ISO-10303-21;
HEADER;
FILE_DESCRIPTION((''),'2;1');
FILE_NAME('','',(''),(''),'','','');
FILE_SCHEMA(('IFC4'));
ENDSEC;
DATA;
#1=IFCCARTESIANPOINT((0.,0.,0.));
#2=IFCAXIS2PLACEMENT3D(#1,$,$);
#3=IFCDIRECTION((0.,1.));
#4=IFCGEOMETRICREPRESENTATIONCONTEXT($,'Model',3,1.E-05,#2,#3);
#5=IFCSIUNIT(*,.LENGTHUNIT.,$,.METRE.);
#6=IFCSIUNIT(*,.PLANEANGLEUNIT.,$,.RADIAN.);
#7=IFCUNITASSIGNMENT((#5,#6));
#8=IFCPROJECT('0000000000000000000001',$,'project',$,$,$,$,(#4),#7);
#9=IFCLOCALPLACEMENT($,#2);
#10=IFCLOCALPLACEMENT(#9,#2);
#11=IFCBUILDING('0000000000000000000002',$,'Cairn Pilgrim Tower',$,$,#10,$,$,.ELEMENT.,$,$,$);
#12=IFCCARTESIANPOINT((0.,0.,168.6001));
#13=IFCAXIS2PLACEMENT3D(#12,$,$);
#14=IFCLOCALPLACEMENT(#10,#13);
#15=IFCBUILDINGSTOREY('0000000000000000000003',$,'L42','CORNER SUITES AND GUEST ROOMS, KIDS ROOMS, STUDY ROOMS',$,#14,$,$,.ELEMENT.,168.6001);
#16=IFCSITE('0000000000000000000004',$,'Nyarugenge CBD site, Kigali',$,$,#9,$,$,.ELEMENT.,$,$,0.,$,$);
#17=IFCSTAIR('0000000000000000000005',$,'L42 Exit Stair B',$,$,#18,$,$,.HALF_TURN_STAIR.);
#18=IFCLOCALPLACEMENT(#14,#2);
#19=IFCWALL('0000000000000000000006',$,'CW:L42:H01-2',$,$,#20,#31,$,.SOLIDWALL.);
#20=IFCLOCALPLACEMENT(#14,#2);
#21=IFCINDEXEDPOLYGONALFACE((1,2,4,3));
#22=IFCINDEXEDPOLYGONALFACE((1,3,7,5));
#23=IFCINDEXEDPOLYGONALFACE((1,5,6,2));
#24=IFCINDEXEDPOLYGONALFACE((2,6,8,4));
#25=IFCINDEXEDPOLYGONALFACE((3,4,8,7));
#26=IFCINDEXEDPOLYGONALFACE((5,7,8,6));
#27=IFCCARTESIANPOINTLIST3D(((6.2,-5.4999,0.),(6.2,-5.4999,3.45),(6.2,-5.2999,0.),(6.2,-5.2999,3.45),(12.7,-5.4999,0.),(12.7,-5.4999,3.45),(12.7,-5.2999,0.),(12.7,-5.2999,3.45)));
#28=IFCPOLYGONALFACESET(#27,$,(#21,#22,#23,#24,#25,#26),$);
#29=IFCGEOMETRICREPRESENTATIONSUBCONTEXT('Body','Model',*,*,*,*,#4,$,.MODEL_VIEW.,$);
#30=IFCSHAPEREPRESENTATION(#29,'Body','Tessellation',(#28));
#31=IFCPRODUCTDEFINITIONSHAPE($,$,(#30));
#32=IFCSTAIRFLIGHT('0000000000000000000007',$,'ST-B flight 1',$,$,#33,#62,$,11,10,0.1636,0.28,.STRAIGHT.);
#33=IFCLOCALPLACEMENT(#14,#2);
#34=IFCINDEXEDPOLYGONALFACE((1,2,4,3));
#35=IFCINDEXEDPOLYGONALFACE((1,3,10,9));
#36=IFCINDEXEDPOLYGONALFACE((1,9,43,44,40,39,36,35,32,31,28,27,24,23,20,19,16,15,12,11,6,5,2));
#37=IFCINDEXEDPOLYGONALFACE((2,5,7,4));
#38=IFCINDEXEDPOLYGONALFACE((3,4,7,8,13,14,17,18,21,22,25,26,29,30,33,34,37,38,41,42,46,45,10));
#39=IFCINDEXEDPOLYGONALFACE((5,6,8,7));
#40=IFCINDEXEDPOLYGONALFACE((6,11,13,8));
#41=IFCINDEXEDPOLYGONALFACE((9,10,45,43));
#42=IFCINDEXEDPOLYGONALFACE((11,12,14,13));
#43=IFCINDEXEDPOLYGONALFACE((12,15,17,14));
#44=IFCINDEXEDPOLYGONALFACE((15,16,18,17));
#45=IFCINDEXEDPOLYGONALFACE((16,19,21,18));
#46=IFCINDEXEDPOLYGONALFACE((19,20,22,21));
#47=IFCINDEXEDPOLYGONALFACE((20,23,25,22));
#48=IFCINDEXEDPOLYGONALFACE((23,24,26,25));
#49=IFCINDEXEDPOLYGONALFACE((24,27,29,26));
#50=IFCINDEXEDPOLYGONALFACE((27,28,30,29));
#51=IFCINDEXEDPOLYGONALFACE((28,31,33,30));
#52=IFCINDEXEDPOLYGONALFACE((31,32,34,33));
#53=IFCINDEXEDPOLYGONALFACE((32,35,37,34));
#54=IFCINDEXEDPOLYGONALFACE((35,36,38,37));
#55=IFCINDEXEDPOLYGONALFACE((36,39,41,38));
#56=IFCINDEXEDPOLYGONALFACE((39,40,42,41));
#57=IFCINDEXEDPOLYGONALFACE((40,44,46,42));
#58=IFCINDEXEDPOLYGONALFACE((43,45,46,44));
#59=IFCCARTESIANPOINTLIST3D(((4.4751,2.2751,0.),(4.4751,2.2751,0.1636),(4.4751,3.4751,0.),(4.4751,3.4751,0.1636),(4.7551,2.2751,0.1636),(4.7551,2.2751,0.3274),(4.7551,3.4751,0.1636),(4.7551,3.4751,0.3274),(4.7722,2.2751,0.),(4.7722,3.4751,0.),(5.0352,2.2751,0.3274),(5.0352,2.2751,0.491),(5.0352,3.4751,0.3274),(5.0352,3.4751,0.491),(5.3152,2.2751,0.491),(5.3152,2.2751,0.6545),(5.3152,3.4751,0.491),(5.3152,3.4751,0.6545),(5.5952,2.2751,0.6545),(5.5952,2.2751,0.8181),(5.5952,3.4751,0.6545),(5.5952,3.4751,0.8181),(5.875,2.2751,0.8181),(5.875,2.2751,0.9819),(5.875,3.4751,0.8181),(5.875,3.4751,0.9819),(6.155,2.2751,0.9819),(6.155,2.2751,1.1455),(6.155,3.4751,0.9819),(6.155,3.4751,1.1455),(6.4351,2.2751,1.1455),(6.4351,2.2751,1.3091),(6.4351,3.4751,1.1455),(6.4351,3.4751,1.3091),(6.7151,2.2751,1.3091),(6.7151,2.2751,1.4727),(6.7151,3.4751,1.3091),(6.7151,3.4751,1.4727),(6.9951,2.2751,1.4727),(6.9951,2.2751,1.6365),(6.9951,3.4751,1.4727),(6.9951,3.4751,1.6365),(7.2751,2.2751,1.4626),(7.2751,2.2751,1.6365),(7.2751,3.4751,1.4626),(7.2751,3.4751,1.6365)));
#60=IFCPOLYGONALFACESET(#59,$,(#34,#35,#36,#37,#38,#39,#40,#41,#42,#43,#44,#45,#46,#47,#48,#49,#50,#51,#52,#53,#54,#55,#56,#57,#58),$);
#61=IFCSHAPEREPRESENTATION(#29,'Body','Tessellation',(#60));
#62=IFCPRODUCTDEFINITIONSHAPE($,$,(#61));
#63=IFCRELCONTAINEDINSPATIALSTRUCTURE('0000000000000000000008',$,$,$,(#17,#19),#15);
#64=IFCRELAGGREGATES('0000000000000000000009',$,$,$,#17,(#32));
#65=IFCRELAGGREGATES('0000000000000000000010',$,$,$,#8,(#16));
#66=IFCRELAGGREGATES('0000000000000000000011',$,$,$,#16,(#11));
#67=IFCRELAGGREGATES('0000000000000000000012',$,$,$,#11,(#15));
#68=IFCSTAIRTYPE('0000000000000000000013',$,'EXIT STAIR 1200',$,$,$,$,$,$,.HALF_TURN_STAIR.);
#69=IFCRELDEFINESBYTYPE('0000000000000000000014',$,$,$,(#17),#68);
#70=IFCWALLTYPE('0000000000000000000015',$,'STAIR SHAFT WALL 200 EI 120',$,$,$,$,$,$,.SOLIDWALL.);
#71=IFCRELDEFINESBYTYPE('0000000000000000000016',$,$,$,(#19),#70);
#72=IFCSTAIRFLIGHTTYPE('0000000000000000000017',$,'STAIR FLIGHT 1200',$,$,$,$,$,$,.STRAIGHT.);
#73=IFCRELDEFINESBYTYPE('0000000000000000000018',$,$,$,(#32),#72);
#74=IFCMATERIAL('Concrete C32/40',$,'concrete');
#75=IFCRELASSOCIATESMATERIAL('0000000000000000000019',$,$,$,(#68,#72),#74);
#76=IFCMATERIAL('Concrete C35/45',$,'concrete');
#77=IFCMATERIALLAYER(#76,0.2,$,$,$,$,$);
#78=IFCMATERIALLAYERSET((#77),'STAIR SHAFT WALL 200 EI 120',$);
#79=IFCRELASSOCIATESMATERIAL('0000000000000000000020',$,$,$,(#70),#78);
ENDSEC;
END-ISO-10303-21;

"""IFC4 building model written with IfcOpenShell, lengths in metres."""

from ifc_helpers import new_model, si_unit, direction, frame, frame_2d, origin, place, context, subcontext, project, spatial, polyline, rectangle, outline, extrude, material, layer, layer_set, type_object, element, aggregate, save


model = new_model("IFC4")

# Units and contexts
model_context = context("Model", 3, precision=1e-05, world=origin(), true_north=direction((0.0, 1.0)))
body_context = subcontext(model_context, "Body", "Model", "MODEL_VIEW")
ifc_project = project(units=[si_unit("LENGTHUNIT", "METRE"), si_unit("PLANEANGLEUNIT", "RADIAN")], contexts=[model_context])

# Site, building, storey
site_placement = place(None, origin())
site = spatial("IfcSite", under=ifc_project, at=site_placement, Name="Nyarugenge CBD site, Kigali", CompositionType="ELEMENT", RefElevation=0.0)
building_placement = place(site_placement, origin())
building = spatial("IfcBuilding", under=site, at=building_placement, Name="Cairn Pilgrim Tower", CompositionType="ELEMENT")
storey_placement = place(building_placement, frame((0.0, 0.0, 168.6001)))
storey = spatial("IfcBuildingStorey", under=building, at=storey_placement, Name="L42", Description="CORNER SUITES AND GUEST ROOMS, KIDS ROOMS, STUDY ROOMS", CompositionType="ELEMENT", Elevation=168.6001)

# Shared definitions
ifc_material_1 = material(Name="Concrete C35/45", Category="concrete")

# Stair
ifc_material_2 = material(Name="Concrete C32/40", Category="concrete")
stair_type = type_object("IfcStairType", Name="EXIT STAIR 1200", PredefinedType="HALF_TURN_STAIR", material=ifc_material_2)
stair_1_placement = place(storey_placement, origin())
stair_1 = element("IfcStair", 1, at=stair_1_placement, inside=storey, type_object=stair_type, Name="L42 Exit Stair B", PredefinedType="HALF_TURN_STAIR")

# Wall
ifc_layer_1 = layer(ifc_material_1, 0.2)
ifc_layer_set_1 = layer_set([ifc_layer_1], Name="STAIR SHAFT WALL 200 EI 120")
wall_type_1 = type_object("IfcWallType", Name="STAIR SHAFT WALL 200 EI 120", PredefinedType="SOLIDWALL", material=ifc_layer_set_1)
wall_1_placement = place(storey_placement, frame((6.2, -5.3999, 0.0), z_axis=(0.0, 0.0, 1.0), x_axis=(1.0, 0.0, 0.0)))
element("IfcWall", 2, at=wall_1_placement, inside=storey, type_object=wall_type_1, Name="CW:L42:H01-2", PredefinedType="SOLIDWALL", context=body_context, shape_type="SweptSolid", body=[
    extrude(rectangle(XDim=6.5, YDim=0.2, at=frame_2d((3.25, 0.0))), origin(), (0.0, 0.0, 1.0), 3.45),
])

# Stair flight
stair_flight_type = type_object("IfcStairFlightType", Name="STAIR FLIGHT 1200", PredefinedType="STRAIGHT", material=ifc_material_2)
stair_flight_placement = place(storey_placement, frame((4.4751, 2.875, 0.0), z_axis=(0.0, 0.0, 1.0), x_axis=(1.0, 0.0, 0.0)))
stair_flight = element("IfcStairFlight", 3, at=stair_flight_placement, type_object=stair_flight_type, Name="ST-B flight 1", NumberOfRisers=11, NumberOfTreads=10, PredefinedType="STRAIGHT", RiserHeight=0.1636, TreadLength=0.28, context=body_context, shape_type="SweptSolid", body=[
    extrude(outline(polyline([(0.0, 0.0), (0.0, 0.1636), (0.28, 0.1636), (0.28, 0.3274), (0.5601, 0.3274), (0.5601, 0.491), (0.8401, 0.491), (0.8401, 0.6545), (1.1201, 0.6545), (1.1201, 0.8181), (1.3999, 0.8181), (1.3999, 0.9819), (1.6799, 0.9819), (1.6799, 1.1455), (1.96, 1.1455), (1.96, 1.3091), (2.24, 1.3091), (2.24, 1.4727), (2.52, 1.4727), (2.52, 1.6365), (2.8, 1.6365), (2.8, 1.8), (2.8, 1.4626), (0.2971, 0.0), (0.0, 0.0)])), frame((0.0, 0.6001, 0.0), z_axis=(0.0, -1.0, 0.0), x_axis=(1.0, 0.0, 0.0)), (0.0, 0.0, 1.0), 1.2),
])
aggregate(stair_1, [stair_flight])

save(model, "model.ifc")
